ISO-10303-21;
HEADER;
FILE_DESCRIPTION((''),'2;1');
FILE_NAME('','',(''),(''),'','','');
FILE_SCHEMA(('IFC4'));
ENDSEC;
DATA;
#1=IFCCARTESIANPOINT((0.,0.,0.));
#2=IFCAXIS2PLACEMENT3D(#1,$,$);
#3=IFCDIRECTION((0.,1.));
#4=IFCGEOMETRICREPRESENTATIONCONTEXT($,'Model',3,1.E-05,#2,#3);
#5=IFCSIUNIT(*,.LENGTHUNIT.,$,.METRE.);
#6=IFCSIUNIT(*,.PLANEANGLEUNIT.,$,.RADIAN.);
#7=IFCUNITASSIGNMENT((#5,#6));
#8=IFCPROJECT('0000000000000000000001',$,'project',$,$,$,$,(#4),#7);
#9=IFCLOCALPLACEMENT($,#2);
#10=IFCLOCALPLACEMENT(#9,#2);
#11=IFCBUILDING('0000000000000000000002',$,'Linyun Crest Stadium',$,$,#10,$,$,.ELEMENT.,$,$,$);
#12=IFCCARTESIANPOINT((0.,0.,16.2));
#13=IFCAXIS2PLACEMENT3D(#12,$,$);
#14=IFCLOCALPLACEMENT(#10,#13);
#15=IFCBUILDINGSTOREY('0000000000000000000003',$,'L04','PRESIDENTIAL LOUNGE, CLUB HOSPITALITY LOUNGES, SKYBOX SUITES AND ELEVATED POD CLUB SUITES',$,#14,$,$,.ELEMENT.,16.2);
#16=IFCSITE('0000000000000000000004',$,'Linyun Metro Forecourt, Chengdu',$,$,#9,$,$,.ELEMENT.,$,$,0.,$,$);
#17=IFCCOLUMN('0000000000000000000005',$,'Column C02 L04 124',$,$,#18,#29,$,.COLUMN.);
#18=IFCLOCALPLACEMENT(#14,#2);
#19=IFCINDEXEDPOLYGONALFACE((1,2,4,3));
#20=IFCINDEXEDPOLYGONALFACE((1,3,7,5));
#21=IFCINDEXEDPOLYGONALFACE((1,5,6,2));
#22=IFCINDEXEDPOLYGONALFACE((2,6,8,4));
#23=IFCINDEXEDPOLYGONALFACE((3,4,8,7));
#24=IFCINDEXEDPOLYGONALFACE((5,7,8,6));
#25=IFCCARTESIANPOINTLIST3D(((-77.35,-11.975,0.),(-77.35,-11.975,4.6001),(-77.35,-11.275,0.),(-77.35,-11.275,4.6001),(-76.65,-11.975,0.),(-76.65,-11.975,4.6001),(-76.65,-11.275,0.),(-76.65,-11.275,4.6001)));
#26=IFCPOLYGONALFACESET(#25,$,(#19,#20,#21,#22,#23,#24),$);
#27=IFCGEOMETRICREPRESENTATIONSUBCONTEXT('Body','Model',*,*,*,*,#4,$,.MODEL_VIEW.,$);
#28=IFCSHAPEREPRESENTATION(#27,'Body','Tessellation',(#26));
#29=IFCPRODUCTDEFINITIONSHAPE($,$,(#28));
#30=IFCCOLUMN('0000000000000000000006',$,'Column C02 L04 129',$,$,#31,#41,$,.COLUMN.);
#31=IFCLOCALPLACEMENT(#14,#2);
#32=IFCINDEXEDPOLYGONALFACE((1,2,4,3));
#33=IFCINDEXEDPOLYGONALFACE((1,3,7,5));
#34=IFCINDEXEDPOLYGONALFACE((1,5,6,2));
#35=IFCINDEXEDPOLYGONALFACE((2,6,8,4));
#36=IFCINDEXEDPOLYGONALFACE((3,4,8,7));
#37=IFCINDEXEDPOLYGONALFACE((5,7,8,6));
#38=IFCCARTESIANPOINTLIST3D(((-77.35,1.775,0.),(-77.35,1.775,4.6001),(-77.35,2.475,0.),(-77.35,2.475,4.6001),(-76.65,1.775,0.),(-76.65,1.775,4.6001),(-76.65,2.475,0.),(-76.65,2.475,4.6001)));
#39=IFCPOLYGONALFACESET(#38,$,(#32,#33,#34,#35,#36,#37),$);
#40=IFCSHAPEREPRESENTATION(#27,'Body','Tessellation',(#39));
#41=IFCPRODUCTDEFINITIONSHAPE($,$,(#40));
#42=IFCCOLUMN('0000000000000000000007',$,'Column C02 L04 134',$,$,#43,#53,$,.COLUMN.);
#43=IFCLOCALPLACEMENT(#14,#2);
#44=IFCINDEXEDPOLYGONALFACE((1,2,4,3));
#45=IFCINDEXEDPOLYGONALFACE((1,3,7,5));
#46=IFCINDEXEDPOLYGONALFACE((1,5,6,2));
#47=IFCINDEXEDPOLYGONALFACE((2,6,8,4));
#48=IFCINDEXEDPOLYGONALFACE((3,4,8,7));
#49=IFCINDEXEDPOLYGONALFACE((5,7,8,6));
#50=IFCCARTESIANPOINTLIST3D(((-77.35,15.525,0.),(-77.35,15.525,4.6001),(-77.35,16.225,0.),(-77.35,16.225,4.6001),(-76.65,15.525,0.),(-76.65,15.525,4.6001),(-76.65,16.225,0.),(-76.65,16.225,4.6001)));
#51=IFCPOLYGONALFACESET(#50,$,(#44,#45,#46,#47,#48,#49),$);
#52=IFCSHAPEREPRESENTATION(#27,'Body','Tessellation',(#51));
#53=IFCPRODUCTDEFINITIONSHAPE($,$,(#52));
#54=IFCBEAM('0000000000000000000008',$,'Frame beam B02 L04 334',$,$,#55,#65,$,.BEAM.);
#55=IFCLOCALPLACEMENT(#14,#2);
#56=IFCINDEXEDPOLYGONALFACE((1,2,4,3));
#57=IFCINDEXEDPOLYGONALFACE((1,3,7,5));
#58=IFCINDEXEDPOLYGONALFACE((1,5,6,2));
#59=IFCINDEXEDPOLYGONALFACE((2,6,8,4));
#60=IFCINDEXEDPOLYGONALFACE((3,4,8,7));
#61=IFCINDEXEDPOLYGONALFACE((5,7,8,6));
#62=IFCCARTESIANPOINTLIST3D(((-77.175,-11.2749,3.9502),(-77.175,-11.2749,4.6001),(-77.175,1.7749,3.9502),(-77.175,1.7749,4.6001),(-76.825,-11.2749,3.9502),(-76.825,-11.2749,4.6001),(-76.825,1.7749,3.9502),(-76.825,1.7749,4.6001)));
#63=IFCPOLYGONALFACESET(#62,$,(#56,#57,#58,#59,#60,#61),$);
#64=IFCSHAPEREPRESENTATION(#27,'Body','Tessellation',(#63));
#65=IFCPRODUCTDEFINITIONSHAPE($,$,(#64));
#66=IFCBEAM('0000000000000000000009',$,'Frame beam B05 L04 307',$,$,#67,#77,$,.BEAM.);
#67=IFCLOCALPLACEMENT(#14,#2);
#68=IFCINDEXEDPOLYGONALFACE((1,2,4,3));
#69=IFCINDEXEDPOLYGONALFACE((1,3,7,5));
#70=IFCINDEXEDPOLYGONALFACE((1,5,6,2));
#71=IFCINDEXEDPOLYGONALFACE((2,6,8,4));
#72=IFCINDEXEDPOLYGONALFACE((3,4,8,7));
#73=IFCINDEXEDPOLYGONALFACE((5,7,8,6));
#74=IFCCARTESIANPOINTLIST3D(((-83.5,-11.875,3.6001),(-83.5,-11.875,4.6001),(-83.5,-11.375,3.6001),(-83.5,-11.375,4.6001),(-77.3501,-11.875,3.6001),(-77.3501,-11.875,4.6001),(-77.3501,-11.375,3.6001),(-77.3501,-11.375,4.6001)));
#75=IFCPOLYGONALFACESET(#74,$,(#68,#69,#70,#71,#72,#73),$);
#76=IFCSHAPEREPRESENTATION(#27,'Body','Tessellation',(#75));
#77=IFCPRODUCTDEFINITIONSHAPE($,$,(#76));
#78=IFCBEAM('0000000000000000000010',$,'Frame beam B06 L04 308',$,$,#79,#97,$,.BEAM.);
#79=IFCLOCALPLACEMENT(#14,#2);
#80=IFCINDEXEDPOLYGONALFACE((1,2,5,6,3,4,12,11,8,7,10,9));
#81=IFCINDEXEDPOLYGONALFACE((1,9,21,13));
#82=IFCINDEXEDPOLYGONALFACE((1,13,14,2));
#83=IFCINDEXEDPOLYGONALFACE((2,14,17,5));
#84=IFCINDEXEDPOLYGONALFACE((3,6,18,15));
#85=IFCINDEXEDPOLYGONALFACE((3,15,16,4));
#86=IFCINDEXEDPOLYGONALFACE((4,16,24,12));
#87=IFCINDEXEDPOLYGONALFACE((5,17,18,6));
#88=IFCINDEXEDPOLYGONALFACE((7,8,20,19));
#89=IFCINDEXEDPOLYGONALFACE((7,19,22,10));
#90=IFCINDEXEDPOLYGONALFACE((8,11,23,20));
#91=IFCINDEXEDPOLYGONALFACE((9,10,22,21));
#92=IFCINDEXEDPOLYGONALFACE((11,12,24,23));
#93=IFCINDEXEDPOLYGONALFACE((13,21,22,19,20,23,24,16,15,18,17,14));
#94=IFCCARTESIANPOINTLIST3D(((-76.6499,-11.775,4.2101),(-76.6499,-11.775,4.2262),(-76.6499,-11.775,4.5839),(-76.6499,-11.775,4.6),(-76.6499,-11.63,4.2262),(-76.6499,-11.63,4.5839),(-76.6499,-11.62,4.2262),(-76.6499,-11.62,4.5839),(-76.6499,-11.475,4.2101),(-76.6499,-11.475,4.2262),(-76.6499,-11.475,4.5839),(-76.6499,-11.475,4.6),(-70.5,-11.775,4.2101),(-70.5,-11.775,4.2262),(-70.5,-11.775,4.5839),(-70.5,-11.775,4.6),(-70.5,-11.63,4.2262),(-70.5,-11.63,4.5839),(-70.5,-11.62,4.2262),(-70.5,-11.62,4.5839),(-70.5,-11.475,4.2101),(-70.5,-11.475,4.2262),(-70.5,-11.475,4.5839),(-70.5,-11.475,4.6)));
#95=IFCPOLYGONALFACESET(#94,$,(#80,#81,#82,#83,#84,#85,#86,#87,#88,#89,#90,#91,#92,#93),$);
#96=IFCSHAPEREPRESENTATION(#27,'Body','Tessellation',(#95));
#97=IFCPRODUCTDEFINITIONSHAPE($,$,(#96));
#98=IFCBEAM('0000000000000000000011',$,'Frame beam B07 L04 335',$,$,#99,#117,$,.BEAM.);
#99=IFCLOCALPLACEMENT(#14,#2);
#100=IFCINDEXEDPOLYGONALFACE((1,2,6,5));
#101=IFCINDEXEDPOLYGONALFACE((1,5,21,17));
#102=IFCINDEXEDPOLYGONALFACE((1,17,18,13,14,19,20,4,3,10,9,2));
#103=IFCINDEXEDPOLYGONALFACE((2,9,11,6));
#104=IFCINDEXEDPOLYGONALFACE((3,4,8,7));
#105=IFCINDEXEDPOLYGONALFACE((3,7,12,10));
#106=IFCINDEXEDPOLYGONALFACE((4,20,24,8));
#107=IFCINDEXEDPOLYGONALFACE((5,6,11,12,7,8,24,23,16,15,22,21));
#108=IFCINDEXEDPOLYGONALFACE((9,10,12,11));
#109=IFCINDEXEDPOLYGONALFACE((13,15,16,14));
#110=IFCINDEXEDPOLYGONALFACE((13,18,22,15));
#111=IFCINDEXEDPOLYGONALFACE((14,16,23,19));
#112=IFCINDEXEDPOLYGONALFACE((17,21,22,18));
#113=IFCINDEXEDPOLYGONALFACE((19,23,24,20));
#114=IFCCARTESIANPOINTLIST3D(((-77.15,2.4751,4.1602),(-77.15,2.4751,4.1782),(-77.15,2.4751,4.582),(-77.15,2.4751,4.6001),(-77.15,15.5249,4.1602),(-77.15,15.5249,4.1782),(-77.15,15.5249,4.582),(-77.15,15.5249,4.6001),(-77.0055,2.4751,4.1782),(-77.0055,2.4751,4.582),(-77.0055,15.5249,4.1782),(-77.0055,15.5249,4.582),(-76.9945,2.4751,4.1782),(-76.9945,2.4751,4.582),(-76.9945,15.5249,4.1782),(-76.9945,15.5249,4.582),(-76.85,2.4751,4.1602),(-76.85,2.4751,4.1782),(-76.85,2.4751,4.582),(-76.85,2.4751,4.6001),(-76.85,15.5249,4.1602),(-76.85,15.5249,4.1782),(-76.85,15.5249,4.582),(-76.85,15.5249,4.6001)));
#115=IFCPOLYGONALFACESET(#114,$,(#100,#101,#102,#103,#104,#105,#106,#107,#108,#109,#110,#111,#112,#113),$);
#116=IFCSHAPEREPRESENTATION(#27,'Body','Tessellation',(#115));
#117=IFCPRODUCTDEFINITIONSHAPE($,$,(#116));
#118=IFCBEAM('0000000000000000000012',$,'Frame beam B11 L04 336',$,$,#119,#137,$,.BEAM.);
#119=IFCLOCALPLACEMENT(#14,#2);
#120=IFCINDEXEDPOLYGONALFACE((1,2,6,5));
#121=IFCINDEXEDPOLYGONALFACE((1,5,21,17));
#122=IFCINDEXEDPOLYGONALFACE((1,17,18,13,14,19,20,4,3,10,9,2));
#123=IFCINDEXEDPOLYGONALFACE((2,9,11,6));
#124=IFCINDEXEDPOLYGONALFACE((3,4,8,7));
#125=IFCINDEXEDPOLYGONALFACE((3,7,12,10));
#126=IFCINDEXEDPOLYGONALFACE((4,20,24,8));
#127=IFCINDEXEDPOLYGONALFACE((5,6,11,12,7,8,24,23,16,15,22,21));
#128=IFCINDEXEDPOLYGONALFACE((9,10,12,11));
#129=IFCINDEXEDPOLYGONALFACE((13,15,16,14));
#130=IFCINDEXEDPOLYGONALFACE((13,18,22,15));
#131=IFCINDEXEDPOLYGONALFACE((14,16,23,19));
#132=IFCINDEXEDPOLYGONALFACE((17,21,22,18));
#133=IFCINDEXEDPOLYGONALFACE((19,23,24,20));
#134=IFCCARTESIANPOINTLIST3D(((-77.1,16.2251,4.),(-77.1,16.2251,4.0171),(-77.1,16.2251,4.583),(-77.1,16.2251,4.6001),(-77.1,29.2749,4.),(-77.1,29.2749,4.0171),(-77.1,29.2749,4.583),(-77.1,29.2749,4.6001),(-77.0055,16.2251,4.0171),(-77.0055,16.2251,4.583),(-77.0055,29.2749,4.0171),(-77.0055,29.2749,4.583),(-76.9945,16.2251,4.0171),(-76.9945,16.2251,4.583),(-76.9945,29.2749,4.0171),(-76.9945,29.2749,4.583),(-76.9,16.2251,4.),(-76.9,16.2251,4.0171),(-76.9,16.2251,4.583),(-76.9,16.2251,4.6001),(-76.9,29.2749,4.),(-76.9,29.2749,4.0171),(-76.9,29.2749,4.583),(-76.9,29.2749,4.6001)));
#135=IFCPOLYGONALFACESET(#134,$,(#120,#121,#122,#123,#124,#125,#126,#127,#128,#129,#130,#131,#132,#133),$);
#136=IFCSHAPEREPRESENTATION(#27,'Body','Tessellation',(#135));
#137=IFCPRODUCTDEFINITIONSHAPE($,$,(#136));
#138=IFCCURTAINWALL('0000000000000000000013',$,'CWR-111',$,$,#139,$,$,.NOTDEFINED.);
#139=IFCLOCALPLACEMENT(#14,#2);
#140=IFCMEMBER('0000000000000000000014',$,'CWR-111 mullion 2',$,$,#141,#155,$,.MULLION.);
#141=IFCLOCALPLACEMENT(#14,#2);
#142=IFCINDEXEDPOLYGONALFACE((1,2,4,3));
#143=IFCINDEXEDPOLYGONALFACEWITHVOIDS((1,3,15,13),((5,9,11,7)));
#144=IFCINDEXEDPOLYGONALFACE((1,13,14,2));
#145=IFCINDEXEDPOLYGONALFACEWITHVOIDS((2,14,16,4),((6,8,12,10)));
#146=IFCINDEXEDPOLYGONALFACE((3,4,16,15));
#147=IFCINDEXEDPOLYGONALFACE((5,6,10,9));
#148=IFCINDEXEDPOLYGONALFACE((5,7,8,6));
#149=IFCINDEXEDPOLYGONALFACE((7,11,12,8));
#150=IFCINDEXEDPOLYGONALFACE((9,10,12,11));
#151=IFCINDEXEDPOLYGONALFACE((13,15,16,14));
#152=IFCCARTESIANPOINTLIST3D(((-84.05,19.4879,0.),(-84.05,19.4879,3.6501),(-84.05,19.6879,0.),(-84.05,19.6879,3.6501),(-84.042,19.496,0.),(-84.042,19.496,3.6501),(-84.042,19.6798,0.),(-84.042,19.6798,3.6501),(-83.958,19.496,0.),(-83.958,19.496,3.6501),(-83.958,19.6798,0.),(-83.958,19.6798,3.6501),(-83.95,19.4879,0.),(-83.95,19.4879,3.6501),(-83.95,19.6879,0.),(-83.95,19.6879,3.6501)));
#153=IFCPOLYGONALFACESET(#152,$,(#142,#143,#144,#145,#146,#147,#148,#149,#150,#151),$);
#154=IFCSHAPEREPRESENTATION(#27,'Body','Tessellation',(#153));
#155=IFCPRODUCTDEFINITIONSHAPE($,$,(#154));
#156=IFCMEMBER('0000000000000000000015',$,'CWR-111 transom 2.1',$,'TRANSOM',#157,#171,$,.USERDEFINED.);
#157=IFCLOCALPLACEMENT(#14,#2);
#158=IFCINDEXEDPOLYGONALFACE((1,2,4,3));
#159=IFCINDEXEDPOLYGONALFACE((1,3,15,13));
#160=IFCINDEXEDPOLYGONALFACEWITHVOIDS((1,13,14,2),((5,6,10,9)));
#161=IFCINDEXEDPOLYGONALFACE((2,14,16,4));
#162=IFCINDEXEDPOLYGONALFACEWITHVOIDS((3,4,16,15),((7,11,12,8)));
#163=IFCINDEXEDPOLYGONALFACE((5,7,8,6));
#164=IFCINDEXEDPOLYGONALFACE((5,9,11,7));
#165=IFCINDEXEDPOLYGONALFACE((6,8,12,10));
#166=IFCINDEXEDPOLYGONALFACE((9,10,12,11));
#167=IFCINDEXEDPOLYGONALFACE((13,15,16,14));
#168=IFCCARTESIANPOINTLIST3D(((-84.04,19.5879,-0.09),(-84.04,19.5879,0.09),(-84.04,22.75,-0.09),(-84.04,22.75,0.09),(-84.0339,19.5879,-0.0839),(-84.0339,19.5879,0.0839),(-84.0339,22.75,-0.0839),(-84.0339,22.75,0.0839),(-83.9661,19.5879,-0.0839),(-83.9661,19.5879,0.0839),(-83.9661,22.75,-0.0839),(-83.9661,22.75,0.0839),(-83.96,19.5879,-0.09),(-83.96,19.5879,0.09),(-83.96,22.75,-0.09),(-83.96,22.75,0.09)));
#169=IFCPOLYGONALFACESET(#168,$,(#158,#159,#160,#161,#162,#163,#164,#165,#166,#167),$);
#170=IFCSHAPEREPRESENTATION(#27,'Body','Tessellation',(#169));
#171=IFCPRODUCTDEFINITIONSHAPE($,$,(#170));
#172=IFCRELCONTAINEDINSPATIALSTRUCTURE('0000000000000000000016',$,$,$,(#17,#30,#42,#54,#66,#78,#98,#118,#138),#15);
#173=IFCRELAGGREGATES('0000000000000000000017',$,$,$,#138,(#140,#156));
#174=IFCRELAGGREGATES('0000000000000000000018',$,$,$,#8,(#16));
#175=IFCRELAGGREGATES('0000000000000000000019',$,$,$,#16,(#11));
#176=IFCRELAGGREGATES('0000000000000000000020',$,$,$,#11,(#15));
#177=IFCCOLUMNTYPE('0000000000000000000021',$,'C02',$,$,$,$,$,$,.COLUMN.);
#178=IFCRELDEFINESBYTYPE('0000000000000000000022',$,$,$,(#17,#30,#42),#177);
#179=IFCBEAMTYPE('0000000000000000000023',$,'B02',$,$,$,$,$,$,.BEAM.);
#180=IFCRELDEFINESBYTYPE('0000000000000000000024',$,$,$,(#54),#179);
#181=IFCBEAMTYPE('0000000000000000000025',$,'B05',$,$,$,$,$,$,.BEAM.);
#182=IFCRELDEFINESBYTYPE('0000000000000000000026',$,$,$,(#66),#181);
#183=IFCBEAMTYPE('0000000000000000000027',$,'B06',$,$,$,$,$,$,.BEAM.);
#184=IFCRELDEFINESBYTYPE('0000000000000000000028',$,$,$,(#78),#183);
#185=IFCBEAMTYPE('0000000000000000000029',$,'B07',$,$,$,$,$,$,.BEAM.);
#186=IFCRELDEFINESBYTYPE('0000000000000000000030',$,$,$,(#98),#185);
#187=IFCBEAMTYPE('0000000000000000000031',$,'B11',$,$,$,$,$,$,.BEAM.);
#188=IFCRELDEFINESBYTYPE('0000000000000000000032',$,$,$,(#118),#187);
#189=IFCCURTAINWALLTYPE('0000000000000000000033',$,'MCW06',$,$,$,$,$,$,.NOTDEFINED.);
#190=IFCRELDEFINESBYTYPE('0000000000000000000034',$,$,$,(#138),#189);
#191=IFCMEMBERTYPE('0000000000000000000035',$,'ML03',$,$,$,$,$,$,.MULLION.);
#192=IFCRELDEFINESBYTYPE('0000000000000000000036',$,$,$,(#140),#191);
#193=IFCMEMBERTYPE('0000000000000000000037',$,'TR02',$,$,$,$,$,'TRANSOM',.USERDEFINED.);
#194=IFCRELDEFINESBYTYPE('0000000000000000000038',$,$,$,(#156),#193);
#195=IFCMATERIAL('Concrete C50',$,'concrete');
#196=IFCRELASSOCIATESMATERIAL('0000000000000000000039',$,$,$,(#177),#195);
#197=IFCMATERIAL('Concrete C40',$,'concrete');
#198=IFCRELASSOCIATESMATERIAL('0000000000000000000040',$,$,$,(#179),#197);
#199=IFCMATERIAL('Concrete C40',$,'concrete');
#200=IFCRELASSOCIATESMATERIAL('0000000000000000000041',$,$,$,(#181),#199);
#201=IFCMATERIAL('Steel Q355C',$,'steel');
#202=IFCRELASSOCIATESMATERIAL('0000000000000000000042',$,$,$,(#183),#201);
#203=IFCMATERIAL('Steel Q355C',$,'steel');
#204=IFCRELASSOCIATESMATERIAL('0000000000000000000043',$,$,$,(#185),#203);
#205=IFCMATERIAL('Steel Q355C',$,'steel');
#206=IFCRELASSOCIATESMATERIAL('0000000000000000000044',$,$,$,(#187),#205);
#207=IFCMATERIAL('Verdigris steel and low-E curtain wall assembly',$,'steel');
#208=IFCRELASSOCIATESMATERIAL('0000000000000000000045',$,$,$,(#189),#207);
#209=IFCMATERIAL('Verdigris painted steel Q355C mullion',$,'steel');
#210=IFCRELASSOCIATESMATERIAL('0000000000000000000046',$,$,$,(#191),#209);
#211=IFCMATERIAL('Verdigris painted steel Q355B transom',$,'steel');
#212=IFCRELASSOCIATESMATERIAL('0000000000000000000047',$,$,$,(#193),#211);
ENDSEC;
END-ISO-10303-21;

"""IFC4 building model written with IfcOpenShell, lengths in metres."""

from ifc_helpers import new_model, si_unit, direction, frame, origin, origin_2d, place, context, subcontext, project, spatial, rectangle, hollow_rectangle, i_section, extrude, material, material_profile, profile_set, type_object, element, aggregate, save


model = new_model("IFC4")

# Units and contexts
model_context = context("Model", 3, precision=1e-05, world=origin(), true_north=direction((0.0, 1.0)))
body_context = subcontext(model_context, "Body", "Model", "MODEL_VIEW")
ifc_project = project(units=[si_unit("LENGTHUNIT", "METRE"), si_unit("PLANEANGLEUNIT", "RADIAN")], contexts=[model_context])

# Site, building, storey
site_placement = place(None, origin())
site = spatial("IfcSite", under=ifc_project, at=site_placement, Name="Linyun Metro Forecourt, Chengdu", CompositionType="ELEMENT", RefElevation=0.0)
building_placement = place(site_placement, origin())
building = spatial("IfcBuilding", under=site, at=building_placement, Name="Linyun Crest Stadium", CompositionType="ELEMENT")
storey_placement = place(building_placement, frame((0.0, 0.0, 16.2)))
storey = spatial("IfcBuildingStorey", under=building, at=storey_placement, Name="L04", Description="PRESIDENTIAL LOUNGE, CLUB HOSPITALITY LOUNGES, SKYBOX SUITES AND ELEVATED POD CLUB SUITES", CompositionType="ELEMENT", Elevation=16.2)

# Columns
ifc_material_1 = material(Name="Concrete C50", Category="concrete")
ifc_material_profile_1 = material_profile(ifc_material_1, rectangle(XDim=0.7, YDim=0.7, at=origin_2d()), Name="RC 700x700")
ifc_profile_set_1 = profile_set([ifc_material_profile_1], Name="Concrete C50")
column_type = type_object("IfcColumnType", Name="C02", PredefinedType="COLUMN", material=ifc_profile_set_1)
for number, where, z_axis, x_axis, name in (
    (1, (-77.0, -11.625, 0.0), (0.0, 0.0, 1.0), (1.0, 0.0, 0.0), "Column C02 L04 124"),
    (2, (-77.0, 2.125, 0.0), (0.0, 0.0, 1.0), (1.0, 0.0, 0.0), "Column C02 L04 129"),
    (3, (-77.0, 15.875, 0.0), (0.0, 0.0, 1.0), (1.0, 0.0, 0.0), "Column C02 L04 134"),
):
    element("IfcColumn", number, at=place(storey_placement, frame(where, z_axis=z_axis, x_axis=x_axis)), inside=storey, type_object=column_type, Name=name, PredefinedType="COLUMN", context=body_context, shape_type="SweptSolid", body=[
        extrude(rectangle(XDim=0.7, YDim=0.7, at=origin_2d()), origin(), (0.0, 0.0, 1.0), 4.6001),
    ])

# Beams
ifc_material_2 = material(Name="Concrete C40", Category="concrete")
ifc_material_profile_2 = material_profile(ifc_material_2, rectangle(XDim=0.3501, YDim=0.6499, at=origin_2d()), Name="RCB 650x350")
ifc_profile_set_2 = profile_set([ifc_material_profile_2], Name="Concrete C40")
beam_type_1 = type_object("IfcBeamType", Name="B02", PredefinedType="BEAM", material=ifc_profile_set_2)
beam_1_placement = place(storey_placement, frame((-77.0, -11.2749, 4.2751), z_axis=(0.0, 1.0, 0.0), x_axis=(-1.0, 0.0, 0.0)))
element("IfcBeam", 4, at=beam_1_placement, inside=storey, type_object=beam_type_1, Name="Frame beam B02 L04 334", PredefinedType="BEAM", context=body_context, shape_type="SweptSolid", body=[
    extrude(rectangle(XDim=0.3501, YDim=0.6499, at=origin_2d()), origin(), (0.0, 0.0, 1.0), 13.0498),
])
ifc_material_3 = material(Name="Concrete C40", Category="concrete")
ifc_material_profile_3 = material_profile(ifc_material_3, rectangle(XDim=0.5, YDim=1.0, at=origin_2d()), Name="RCB 1000x500")
ifc_profile_set_3 = profile_set([ifc_material_profile_3], Name="Concrete C40")
beam_type_2 = type_object("IfcBeamType", Name="B05", PredefinedType="BEAM", material=ifc_profile_set_3)
beam_2_placement = place(storey_placement, frame((-83.5, -11.625, 4.1001), z_axis=(1.0, 0.0, 0.0), x_axis=(0.0, 1.0, 0.0)))
element("IfcBeam", 5, at=beam_2_placement, inside=storey, type_object=beam_type_2, Name="Frame beam B05 L04 307", PredefinedType="BEAM", context=body_context, shape_type="SweptSolid", body=[
    extrude(rectangle(XDim=0.5, YDim=1.0, at=origin_2d()), origin(), (0.0, 0.0, 1.0), 6.1499),
])
ifc_material_4 = material(Name="Steel Q355C", Category="steel")
ifc_material_profile_4 = material_profile(ifc_material_4, i_section(OverallWidth=0.3, OverallDepth=0.3899, WebThickness=0.01, FlangeThickness=0.0161, at=origin_2d()), Name="HM 390x300")
ifc_profile_set_4 = profile_set([ifc_material_profile_4], Name="Steel Q355C")
beam_type_3 = type_object("IfcBeamType", Name="B06", PredefinedType="BEAM", material=ifc_profile_set_4)
beam_3_placement = place(storey_placement, frame((-76.6499, -11.625, 4.405), z_axis=(1.0, 0.0, 0.0), x_axis=(0.0, 1.0, 0.0)))
element("IfcBeam", 6, at=beam_3_placement, inside=storey, type_object=beam_type_3, Name="Frame beam B06 L04 308", PredefinedType="BEAM", context=body_context, shape_type="SweptSolid", body=[
    extrude(i_section(OverallWidth=0.3, OverallDepth=0.3899, WebThickness=0.01, FlangeThickness=0.0161, at=origin_2d()), origin(), (0.0, 0.0, 1.0), 6.1499),
])
ifc_material_5 = material(Name="Steel Q355C", Category="steel")
ifc_material_profile_5 = material_profile(ifc_material_5, i_section(OverallWidth=0.3, OverallDepth=0.4399, WebThickness=0.011, FlangeThickness=0.0181, at=origin_2d()), Name="HM 440x300")
ifc_profile_set_5 = profile_set([ifc_material_profile_5], Name="Steel Q355C")
beam_type_4 = type_object("IfcBeamType", Name="B07", PredefinedType="BEAM", material=ifc_profile_set_5)
beam_4_placement = place(storey_placement, frame((-77.0, 2.4751, 4.3801), z_axis=(0.0, 1.0, 0.0), x_axis=(-1.0, 0.0, 0.0)))
element("IfcBeam", 7, at=beam_4_placement, inside=storey, type_object=beam_type_4, Name="Frame beam B07 L04 335", PredefinedType="BEAM", context=body_context, shape_type="SweptSolid", body=[
    extrude(i_section(OverallWidth=0.3, OverallDepth=0.4399, WebThickness=0.011, FlangeThickness=0.0181, at=origin_2d()), origin(), (0.0, 0.0, 1.0), 13.0498),
])
ifc_material_6 = material(Name="Steel Q355C", Category="steel")
ifc_material_profile_6 = material_profile(ifc_material_6, i_section(OverallWidth=0.2, OverallDepth=0.6001, WebThickness=0.011, FlangeThickness=0.0171, at=origin_2d()), Name="HN 600x200")
ifc_profile_set_6 = profile_set([ifc_material_profile_6], Name="Steel Q355C")
beam_type_5 = type_object("IfcBeamType", Name="B11", PredefinedType="BEAM", material=ifc_profile_set_6)
beam_5_placement = place(storey_placement, frame((-77.0, 16.2251, 4.3), z_axis=(0.0, 1.0, 0.0), x_axis=(-1.0, 0.0, 0.0)))
element("IfcBeam", 8, at=beam_5_placement, inside=storey, type_object=beam_type_5, Name="Frame beam B11 L04 336", PredefinedType="BEAM", context=body_context, shape_type="SweptSolid", body=[
    extrude(i_section(OverallWidth=0.2, OverallDepth=0.6001, WebThickness=0.011, FlangeThickness=0.0171, at=origin_2d()), origin(), (0.0, 0.0, 1.0), 13.0498),
])

# Curtain wall, members
ifc_material_7 = material(Name="Verdigris steel and low-E curtain wall assembly", Category="steel")
curtain_wall_type = type_object("IfcCurtainWallType", Name="MCW06", PredefinedType="NOTDEFINED", material=ifc_material_7)
curtain_wall_placement = place(storey_placement, origin())
curtain_wall = element("IfcCurtainWall", 9, at=curtain_wall_placement, inside=storey, type_object=curtain_wall_type, Name="CWR-111", PredefinedType="NOTDEFINED")
ifc_material_8 = material(Name="Verdigris painted steel Q355C mullion", Category="steel")
ifc_material_profile_7 = material_profile(ifc_material_8, hollow_rectangle(XDim=0.1001, YDim=0.2, WallThickness=0.0081, at=origin_2d()), Name="RHS 200x100x8")
ifc_profile_set_7 = profile_set([ifc_material_profile_7], Name="Verdigris painted steel Q355C mullion")
member_type_1 = type_object("IfcMemberType", Name="ML03", PredefinedType="MULLION", material=ifc_profile_set_7)
member_1_placement = place(storey_placement, frame((-84.0, 19.5879, 0.0), z_axis=(0.0, 0.0, 1.0), x_axis=(-1.0, 0.0, 0.0)))
member_1 = element("IfcMember", 10, at=member_1_placement, type_object=member_type_1, Name="CWR-111 mullion 2", PredefinedType="MULLION", context=body_context, shape_type="SweptSolid", body=[
    extrude(hollow_rectangle(XDim=0.1001, YDim=0.2, WallThickness=0.0081, at=origin_2d()), origin(), (0.0, 0.0, 1.0), 3.6501),
])
ifc_material_9 = material(Name="Verdigris painted steel Q355B transom", Category="steel")
ifc_material_profile_8 = material_profile(ifc_material_9, hollow_rectangle(XDim=0.0801, YDim=0.1799, WallThickness=0.0061, at=origin_2d()), Name="RHS 180x80x6")
ifc_profile_set_8 = profile_set([ifc_material_profile_8], Name="Verdigris painted steel Q355B transom")
member_type_2 = type_object("IfcMemberType", Name="TR02", ElementType="TRANSOM", PredefinedType="USERDEFINED", material=ifc_profile_set_8)
member_2_placement = place(storey_placement, frame((-84.0, 19.5879, 0.0), z_axis=(0.0, 1.0, 0.0), x_axis=(-1.0, 0.0, 0.0)))
member_2 = element("IfcMember", 11, at=member_2_placement, type_object=member_type_2, Name="CWR-111 transom 2.1", ObjectType="TRANSOM", PredefinedType="USERDEFINED", context=body_context, shape_type="SweptSolid", body=[
    extrude(hollow_rectangle(XDim=0.0801, YDim=0.1799, WallThickness=0.0061, at=origin_2d()), origin(), (0.0, 0.0, 1.0), 3.1621),
])
aggregate(curtain_wall, [member_1, member_2])

save(model, "model.ifc")
